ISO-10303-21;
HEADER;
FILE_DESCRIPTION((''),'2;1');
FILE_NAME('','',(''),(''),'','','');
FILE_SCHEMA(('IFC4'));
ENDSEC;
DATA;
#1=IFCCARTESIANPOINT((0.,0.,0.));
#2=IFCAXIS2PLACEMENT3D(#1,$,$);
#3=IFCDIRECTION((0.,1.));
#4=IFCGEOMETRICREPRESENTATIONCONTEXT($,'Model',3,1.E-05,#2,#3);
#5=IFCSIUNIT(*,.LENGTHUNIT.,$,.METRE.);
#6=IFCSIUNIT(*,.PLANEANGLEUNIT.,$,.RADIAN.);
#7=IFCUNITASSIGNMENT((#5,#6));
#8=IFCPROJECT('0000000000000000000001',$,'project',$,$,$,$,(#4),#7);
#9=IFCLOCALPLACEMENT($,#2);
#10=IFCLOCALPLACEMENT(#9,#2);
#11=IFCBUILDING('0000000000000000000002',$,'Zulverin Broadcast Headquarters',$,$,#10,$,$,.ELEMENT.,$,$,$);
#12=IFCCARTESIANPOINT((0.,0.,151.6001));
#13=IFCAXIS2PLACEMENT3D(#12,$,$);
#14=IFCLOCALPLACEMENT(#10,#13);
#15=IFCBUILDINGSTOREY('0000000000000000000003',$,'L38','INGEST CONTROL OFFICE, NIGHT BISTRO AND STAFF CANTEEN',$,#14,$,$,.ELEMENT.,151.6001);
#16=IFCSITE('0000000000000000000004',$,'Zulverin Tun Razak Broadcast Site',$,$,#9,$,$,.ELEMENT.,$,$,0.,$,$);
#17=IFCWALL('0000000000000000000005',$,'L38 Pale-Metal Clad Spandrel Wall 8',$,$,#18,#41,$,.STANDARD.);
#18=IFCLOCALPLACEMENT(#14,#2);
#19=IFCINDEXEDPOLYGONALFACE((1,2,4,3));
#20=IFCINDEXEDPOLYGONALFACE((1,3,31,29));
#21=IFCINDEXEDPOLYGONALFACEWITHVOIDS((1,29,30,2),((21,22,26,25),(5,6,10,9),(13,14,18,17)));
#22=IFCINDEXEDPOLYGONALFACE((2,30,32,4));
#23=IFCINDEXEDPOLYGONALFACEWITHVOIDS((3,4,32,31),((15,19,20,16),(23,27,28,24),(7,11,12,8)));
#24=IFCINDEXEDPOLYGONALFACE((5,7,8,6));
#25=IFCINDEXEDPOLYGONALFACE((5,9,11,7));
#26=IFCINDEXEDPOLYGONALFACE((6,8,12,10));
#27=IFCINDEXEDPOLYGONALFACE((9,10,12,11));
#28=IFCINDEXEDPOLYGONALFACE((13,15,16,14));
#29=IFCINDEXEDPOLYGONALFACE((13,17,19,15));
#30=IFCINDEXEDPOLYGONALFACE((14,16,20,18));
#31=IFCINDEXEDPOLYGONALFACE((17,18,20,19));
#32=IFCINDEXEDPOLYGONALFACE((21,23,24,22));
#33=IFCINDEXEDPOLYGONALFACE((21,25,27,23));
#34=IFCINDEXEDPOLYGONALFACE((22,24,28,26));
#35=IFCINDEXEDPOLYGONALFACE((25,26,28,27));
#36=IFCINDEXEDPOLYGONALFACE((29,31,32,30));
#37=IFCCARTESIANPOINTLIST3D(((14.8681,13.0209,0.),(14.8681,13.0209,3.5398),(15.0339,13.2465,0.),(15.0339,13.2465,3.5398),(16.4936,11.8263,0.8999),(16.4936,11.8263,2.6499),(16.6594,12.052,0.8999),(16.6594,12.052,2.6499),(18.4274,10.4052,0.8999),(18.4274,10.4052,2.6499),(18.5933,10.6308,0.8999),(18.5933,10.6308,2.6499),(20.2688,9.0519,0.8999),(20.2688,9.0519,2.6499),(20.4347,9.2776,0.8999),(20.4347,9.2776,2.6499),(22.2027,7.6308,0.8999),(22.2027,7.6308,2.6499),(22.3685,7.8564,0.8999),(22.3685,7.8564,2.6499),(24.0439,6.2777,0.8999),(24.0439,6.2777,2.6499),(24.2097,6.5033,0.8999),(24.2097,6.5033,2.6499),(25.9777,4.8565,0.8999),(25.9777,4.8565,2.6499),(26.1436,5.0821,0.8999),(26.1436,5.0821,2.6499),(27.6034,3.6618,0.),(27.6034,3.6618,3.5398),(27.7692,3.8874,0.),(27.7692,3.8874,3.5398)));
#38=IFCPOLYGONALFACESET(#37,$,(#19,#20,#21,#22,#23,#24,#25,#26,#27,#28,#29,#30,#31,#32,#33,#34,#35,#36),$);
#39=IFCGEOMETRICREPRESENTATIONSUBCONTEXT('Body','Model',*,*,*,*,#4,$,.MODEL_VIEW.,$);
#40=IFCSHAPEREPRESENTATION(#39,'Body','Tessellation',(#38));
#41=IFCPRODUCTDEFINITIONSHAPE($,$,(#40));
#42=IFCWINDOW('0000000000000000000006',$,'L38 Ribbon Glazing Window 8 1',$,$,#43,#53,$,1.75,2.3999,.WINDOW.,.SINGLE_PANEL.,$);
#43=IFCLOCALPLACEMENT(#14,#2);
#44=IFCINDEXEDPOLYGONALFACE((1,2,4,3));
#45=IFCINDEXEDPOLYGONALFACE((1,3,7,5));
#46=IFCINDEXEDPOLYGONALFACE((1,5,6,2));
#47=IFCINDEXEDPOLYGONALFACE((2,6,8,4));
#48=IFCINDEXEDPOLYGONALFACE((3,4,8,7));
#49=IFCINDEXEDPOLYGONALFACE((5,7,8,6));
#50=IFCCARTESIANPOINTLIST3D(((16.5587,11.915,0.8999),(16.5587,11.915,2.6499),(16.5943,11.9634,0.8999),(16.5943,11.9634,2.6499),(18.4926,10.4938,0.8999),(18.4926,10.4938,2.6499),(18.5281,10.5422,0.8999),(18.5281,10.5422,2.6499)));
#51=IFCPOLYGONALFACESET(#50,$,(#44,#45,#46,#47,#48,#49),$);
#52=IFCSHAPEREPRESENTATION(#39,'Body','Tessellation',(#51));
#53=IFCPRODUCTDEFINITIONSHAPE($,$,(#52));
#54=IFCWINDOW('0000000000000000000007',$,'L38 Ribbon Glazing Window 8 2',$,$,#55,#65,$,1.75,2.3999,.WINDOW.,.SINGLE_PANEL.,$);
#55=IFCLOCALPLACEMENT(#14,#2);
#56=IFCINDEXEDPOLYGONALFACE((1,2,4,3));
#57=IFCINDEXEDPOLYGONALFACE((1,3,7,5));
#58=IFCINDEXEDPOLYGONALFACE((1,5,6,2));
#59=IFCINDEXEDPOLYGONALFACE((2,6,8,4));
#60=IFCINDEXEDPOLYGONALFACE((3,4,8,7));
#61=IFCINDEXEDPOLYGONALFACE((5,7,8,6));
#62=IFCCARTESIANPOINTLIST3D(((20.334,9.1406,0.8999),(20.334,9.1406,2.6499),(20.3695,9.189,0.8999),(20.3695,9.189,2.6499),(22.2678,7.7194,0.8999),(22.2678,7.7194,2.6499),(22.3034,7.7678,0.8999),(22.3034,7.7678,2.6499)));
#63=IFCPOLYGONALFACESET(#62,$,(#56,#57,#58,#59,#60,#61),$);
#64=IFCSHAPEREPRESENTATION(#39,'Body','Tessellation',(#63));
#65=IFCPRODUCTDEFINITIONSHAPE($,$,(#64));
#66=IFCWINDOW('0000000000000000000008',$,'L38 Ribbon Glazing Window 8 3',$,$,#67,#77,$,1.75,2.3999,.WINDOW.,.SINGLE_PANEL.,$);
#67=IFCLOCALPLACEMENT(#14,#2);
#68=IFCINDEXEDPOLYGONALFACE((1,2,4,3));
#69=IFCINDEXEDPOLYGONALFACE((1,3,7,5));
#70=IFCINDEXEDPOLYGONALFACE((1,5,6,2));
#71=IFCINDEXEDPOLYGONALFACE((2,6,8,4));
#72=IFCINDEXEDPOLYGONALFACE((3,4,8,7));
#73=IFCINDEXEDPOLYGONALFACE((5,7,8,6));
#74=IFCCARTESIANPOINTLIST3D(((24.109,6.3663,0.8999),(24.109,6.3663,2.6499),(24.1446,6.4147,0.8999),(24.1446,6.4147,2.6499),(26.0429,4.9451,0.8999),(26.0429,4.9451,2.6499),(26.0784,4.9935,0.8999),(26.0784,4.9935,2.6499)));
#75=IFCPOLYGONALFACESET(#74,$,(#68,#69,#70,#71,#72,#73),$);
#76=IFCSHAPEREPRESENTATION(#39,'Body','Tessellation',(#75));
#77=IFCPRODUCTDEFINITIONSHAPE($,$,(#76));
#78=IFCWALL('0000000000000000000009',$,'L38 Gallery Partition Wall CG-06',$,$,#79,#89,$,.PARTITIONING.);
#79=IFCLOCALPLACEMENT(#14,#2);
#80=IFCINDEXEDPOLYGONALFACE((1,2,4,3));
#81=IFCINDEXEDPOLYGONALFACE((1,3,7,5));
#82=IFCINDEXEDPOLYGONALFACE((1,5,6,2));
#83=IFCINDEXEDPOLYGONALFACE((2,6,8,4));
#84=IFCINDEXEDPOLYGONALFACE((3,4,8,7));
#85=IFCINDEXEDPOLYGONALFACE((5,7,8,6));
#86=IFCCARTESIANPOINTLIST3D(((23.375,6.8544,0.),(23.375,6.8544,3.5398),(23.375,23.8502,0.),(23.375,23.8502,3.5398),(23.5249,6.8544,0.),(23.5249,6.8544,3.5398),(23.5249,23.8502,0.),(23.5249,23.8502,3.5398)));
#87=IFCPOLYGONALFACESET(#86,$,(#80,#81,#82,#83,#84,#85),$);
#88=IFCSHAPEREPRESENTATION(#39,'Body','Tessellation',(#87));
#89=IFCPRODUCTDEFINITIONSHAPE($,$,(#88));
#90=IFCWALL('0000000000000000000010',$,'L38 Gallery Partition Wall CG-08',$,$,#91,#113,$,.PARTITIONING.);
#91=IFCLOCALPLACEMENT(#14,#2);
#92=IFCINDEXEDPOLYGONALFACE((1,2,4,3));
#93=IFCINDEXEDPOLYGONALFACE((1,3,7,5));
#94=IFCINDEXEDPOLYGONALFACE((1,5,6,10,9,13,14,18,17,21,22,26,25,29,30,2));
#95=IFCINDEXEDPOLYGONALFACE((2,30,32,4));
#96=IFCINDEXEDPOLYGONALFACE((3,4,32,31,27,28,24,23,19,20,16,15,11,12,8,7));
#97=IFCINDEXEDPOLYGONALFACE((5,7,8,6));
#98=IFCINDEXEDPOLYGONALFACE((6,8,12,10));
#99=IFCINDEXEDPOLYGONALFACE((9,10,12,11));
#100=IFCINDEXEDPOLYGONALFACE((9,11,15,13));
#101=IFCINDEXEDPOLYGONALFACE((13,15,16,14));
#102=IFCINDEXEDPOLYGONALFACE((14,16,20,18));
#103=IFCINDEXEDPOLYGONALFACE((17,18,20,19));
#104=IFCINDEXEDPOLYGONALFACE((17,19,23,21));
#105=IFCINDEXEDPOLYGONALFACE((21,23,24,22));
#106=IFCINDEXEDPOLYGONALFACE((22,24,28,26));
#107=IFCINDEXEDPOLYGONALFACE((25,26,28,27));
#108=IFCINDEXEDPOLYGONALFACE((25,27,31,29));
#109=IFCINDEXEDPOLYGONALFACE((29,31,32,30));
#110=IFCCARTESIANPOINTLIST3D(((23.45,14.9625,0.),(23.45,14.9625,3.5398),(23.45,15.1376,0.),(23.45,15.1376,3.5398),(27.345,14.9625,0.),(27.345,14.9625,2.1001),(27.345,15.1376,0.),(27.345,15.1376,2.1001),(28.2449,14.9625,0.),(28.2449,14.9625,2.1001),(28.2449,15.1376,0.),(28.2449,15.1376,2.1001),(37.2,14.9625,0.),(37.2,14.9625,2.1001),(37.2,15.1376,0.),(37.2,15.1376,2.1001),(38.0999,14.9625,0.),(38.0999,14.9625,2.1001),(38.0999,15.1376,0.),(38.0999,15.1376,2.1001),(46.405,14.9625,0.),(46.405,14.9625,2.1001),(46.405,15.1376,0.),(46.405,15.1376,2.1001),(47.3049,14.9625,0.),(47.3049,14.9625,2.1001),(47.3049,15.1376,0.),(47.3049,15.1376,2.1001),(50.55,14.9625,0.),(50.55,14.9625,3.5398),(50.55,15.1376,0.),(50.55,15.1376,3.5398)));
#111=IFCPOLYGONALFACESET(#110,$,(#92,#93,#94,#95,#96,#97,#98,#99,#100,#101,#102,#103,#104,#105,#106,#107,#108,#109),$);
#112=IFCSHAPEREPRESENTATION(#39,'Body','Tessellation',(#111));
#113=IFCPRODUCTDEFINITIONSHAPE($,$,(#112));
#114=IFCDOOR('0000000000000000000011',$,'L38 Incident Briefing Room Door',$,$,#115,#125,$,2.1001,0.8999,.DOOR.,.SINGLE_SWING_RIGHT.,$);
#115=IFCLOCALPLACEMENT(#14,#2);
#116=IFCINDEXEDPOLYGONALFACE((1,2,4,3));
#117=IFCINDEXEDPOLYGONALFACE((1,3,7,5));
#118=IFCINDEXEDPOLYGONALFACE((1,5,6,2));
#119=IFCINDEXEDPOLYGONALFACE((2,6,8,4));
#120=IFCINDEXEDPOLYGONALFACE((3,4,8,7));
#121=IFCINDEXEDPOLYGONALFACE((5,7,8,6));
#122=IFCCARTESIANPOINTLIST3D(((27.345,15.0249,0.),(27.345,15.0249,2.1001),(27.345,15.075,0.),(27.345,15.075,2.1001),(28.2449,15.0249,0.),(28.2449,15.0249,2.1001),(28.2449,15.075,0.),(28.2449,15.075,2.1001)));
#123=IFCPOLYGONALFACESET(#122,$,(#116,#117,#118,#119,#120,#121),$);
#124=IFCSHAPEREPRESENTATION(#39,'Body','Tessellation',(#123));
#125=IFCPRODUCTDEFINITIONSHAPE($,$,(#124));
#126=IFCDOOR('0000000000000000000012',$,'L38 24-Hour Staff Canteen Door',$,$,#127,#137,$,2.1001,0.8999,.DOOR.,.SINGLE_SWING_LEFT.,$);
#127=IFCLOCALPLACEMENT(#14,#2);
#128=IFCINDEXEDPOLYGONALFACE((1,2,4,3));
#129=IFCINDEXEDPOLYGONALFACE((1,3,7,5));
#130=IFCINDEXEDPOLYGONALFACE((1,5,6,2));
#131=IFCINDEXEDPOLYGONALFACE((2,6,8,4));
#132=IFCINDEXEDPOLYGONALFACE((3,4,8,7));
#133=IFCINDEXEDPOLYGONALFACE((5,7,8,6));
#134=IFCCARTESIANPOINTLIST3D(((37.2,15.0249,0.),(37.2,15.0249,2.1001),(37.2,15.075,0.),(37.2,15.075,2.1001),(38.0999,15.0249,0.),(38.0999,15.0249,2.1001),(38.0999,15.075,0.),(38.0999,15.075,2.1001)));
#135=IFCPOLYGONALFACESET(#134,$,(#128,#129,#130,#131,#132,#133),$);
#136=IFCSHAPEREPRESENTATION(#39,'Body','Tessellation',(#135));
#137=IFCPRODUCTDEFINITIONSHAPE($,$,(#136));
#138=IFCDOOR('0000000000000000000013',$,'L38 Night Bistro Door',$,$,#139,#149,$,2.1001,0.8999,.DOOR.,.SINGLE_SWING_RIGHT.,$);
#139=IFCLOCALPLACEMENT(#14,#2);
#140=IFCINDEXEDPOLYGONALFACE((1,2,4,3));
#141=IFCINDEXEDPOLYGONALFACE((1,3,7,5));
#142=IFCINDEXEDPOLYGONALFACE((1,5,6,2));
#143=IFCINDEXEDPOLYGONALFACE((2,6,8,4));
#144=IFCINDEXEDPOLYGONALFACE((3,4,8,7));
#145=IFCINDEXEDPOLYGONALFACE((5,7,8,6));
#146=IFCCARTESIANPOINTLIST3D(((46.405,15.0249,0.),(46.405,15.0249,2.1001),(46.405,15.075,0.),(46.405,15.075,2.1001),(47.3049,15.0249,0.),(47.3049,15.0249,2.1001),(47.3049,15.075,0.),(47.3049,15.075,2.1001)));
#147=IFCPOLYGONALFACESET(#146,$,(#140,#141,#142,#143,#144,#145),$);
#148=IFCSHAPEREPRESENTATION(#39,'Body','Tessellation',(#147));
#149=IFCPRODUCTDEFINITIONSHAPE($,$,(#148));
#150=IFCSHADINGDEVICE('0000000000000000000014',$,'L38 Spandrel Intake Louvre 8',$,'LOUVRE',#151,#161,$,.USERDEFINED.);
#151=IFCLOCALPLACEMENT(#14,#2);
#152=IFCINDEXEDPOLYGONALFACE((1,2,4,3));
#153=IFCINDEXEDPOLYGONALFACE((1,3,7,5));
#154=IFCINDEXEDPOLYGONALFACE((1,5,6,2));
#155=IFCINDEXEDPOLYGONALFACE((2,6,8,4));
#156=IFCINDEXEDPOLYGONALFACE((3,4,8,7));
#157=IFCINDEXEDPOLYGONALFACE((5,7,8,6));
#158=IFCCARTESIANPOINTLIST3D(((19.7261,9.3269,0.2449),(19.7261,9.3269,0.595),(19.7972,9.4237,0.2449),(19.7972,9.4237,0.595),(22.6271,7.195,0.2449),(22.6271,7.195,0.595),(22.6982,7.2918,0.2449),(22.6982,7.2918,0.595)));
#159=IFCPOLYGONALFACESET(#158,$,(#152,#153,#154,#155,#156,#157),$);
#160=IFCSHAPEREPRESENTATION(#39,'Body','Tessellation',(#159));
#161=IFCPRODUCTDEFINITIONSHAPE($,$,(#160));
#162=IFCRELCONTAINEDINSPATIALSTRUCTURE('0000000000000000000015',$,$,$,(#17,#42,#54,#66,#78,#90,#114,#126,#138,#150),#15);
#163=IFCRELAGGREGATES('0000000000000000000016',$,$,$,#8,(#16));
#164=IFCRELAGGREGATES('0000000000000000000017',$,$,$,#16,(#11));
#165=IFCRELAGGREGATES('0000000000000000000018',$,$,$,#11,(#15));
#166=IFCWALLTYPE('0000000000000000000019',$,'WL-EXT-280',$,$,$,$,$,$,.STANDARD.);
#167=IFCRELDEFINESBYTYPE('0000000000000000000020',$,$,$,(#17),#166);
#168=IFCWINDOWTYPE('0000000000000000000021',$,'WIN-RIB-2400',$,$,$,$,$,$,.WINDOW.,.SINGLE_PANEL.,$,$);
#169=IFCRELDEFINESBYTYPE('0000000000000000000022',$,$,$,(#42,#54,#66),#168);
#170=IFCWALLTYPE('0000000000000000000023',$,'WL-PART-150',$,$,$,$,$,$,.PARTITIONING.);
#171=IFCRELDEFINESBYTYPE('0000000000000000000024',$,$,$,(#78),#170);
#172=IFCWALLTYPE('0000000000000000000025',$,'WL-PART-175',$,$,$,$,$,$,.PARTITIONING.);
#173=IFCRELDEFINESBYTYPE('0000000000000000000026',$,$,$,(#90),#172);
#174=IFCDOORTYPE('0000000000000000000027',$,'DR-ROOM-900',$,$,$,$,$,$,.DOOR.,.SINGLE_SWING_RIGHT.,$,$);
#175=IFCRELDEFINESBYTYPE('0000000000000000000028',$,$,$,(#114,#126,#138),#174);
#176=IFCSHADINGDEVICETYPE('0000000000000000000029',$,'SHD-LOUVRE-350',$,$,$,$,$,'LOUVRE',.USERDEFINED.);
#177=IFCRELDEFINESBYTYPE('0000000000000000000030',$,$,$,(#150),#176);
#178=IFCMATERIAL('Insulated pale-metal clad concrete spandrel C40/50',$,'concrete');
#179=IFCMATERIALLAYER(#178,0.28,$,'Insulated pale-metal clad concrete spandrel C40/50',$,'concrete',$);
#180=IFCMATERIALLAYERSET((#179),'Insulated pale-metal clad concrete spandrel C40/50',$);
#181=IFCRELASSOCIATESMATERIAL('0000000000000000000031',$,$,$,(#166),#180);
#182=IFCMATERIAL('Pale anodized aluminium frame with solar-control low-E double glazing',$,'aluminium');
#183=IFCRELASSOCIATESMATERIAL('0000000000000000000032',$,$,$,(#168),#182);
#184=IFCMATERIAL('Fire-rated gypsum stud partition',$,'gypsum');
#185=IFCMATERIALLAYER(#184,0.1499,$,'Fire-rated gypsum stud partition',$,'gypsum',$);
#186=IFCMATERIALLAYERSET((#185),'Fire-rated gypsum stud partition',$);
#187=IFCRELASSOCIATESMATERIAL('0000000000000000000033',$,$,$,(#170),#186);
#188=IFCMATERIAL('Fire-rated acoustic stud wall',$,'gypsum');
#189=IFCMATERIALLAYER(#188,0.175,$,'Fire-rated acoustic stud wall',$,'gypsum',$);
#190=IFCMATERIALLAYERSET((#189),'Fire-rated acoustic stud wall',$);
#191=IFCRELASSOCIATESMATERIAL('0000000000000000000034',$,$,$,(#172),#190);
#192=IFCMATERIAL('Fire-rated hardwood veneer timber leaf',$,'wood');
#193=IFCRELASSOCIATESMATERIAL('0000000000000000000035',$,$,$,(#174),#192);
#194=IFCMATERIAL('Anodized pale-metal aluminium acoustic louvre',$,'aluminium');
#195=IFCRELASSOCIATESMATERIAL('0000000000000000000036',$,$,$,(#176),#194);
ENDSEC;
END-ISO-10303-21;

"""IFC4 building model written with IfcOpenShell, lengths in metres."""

from ifc_helpers import new_model, si_unit, direction, frame, frame_2d, origin, origin_2d, place, context, subcontext, project, spatial, rectangle, extrude, material, layer, layer_set, type_object, element, fill, save


model = new_model("IFC4")

# Units and contexts
model_context = context("Model", 3, precision=1e-05, world=origin(), true_north=direction((0.0, 1.0)))
body_context = subcontext(model_context, "Body", "Model", "MODEL_VIEW")
ifc_project = project(units=[si_unit("LENGTHUNIT", "METRE"), si_unit("PLANEANGLEUNIT", "RADIAN")], contexts=[model_context])

# Site, building, storey
site_placement = place(None, origin())
site = spatial("IfcSite", under=ifc_project, at=site_placement, Name="Zulverin Tun Razak Broadcast Site", CompositionType="ELEMENT", RefElevation=0.0)
building_placement = place(site_placement, origin())
building = spatial("IfcBuilding", under=site, at=building_placement, Name="Zulverin Broadcast Headquarters", CompositionType="ELEMENT")
storey_placement = place(building_placement, frame((0.0, 0.0, 151.6001)))
storey = spatial("IfcBuildingStorey", under=building, at=storey_placement, Name="L38", Description="INGEST CONTROL OFFICE, NIGHT BISTRO AND STAFF CANTEEN", CompositionType="ELEMENT", Elevation=151.6001)

# Wall, openings, windows
ifc_material_1 = material(Name="Insulated pale-metal clad concrete spandrel C40/50", Category="concrete")
ifc_layer_1 = layer(ifc_material_1, 0.28, Name="Insulated pale-metal clad concrete spandrel C40/50", Category="concrete")
ifc_layer_set_1 = layer_set([ifc_layer_1], Name="Insulated pale-metal clad concrete spandrel C40/50")
wall_type_1 = type_object("IfcWallType", Name="WL-EXT-280", PredefinedType="STANDARD", material=ifc_layer_set_1)
wall_1_placement = place(storey_placement, frame((14.9509, 13.1338, 0.0), z_axis=(0.0, 0.0, 1.0), x_axis=(0.805805, -0.592181, 0.0)))
wall_1 = element("IfcWall", 1, at=wall_1_placement, inside=storey, type_object=wall_type_1, Name="L38 Pale-Metal Clad Spandrel Wall 8", PredefinedType="STANDARD", context=body_context, shape_type="SweptSolid", body=[
    extrude(rectangle(XDim=15.8044, YDim=0.28, at=frame_2d((7.9023, 0.0))), origin(), (0.0, 0.0, 1.0), 3.5398),
])
opening_1_placement = place(wall_1_placement, frame((2.0173, 0.0, 0.8999)))
opening_1 = element("IfcOpeningElement", 2, at=opening_1_placement, cuts=wall_1, PredefinedType="OPENING", context=body_context, shape_type="SweptSolid", body=[
    extrude(rectangle(XDim=2.3999, YDim=1.75, at=frame_2d((1.2, 0.875))), frame((0.0, 0.1499, 0.0), z_axis=(0.0, -1.0, 0.0), x_axis=(1.0, 0.0, 0.0)), (0.0, 0.0, 1.0), 0.3),
])
opening_2_placement = place(wall_1_placement, frame((6.7024, 0.0, 0.8999)))
opening_2 = element("IfcOpeningElement", 3, at=opening_2_placement, cuts=wall_1, PredefinedType="OPENING", context=body_context, shape_type="SweptSolid", body=[
    extrude(rectangle(XDim=2.3999, YDim=1.75, at=frame_2d((1.2, 0.875))), frame((0.0, 0.1499, 0.0), z_axis=(0.0, -1.0, 0.0), x_axis=(1.0, 0.0, 0.0)), (0.0, 0.0, 1.0), 0.3),
])
opening_3_placement = place(wall_1_placement, frame((11.3872, 0.0, 0.8999)))
opening_3 = element("IfcOpeningElement", 4, at=opening_3_placement, cuts=wall_1, PredefinedType="OPENING", context=body_context, shape_type="SweptSolid", body=[
    extrude(rectangle(XDim=2.3999, YDim=1.75, at=frame_2d((1.2, 0.875))), frame((0.0, 0.1499, 0.0), z_axis=(0.0, -1.0, 0.0), x_axis=(1.0, 0.0, 0.0)), (0.0, 0.0, 1.0), 0.3),
])
ifc_material_2 = material(Name="Pale anodized aluminium frame with solar-control low-E double glazing", Category="aluminium")
window_type = type_object("IfcWindowType", Name="WIN-RIB-2400", PartitioningType="SINGLE_PANEL", PredefinedType="WINDOW", material=ifc_material_2)
window_1_placement = place(opening_1_placement, origin())
window_1 = element("IfcWindow", 5, at=window_1_placement, inside=storey, type_object=window_type, Name="L38 Ribbon Glazing Window 8 1", OverallHeight=1.75, OverallWidth=2.3999, PartitioningType="SINGLE_PANEL", PredefinedType="WINDOW", context=body_context, shape_type="SweptSolid", body=[
    extrude(rectangle(XDim=2.3999, YDim=1.75, at=frame_2d((1.2, 0.875))), frame((0.0, 0.03, 0.0), z_axis=(0.0, -1.0, 0.0), x_axis=(1.0, 0.0, 0.0)), (0.0, 0.0, 1.0), 0.0601),
])
fill(opening_1, window_1)
window_2_placement = place(opening_2_placement, origin())
window_2 = element("IfcWindow", 6, at=window_2_placement, inside=storey, type_object=window_type, Name="L38 Ribbon Glazing Window 8 2", OverallHeight=1.75, OverallWidth=2.3999, PartitioningType="SINGLE_PANEL", PredefinedType="WINDOW", context=body_context, shape_type="SweptSolid", body=[
    extrude(rectangle(XDim=2.3999, YDim=1.75, at=frame_2d((1.2, 0.875))), frame((0.0, 0.03, 0.0), z_axis=(0.0, -1.0, 0.0), x_axis=(1.0, 0.0, 0.0)), (0.0, 0.0, 1.0), 0.0601),
])
fill(opening_2, window_2)
window_3_placement = place(opening_3_placement, origin())
window_3 = element("IfcWindow", 7, at=window_3_placement, inside=storey, type_object=window_type, Name="L38 Ribbon Glazing Window 8 3", OverallHeight=1.75, OverallWidth=2.3999, PartitioningType="SINGLE_PANEL", PredefinedType="WINDOW", context=body_context, shape_type="SweptSolid", body=[
    extrude(rectangle(XDim=2.3999, YDim=1.75, at=frame_2d((1.2, 0.875))), frame((0.0, 0.03, 0.0), z_axis=(0.0, -1.0, 0.0), x_axis=(1.0, 0.0, 0.0)), (0.0, 0.0, 1.0), 0.0601),
])
fill(opening_3, window_3)

# Wall
ifc_material_3 = material(Name="Fire-rated gypsum stud partition", Category="gypsum")
ifc_layer_2 = layer(ifc_material_3, 0.1499, Name="Fire-rated gypsum stud partition", Category="gypsum")
ifc_layer_set_2 = layer_set([ifc_layer_2], Name="Fire-rated gypsum stud partition")
wall_type_2 = type_object("IfcWallType", Name="WL-PART-150", PredefinedType="PARTITIONING", material=ifc_layer_set_2)
wall_2_placement = place(storey_placement, frame((23.45, 6.8542, 0.0), z_axis=(0.0, 0.0, 1.0), x_axis=(0.0, 1.0, 0.0)))
element("IfcWall", 8, at=wall_2_placement, inside=storey, type_object=wall_type_2, Name="L38 Gallery Partition Wall CG-06", PredefinedType="PARTITIONING", context=body_context, shape_type="SweptSolid", body=[
    extrude(rectangle(XDim=16.9958, YDim=0.1499, at=frame_2d((8.498, 0.0))), origin(), (0.0, 0.0, 1.0), 3.5398),
])

# Wall, openings, doors
ifc_material_4 = material(Name="Fire-rated acoustic stud wall", Category="gypsum")
ifc_layer_3 = layer(ifc_material_4, 0.175, Name="Fire-rated acoustic stud wall", Category="gypsum")
ifc_layer_set_3 = layer_set([ifc_layer_3], Name="Fire-rated acoustic stud wall")
wall_type_3 = type_object("IfcWallType", Name="WL-PART-175", PredefinedType="PARTITIONING", material=ifc_layer_set_3)
wall_3_placement = place(storey_placement, frame((23.45, 15.05, 0.0), z_axis=(0.0, 0.0, 1.0), x_axis=(1.0, 0.0, 0.0)))
wall_3 = element("IfcWall", 9, at=wall_3_placement, inside=storey, type_object=wall_type_3, Name="L38 Gallery Partition Wall CG-08", PredefinedType="PARTITIONING", context=body_context, shape_type="SweptSolid", body=[
    extrude(rectangle(XDim=27.1001, YDim=0.175, at=frame_2d((13.55, 0.0))), origin(), (0.0, 0.0, 1.0), 3.5398),
])
opening_4_placement = place(wall_3_placement, frame((3.895, 0.0, 0.0)))
opening_4 = element("IfcOpeningElement", 10, at=opening_4_placement, cuts=wall_3, PredefinedType="OPENING", context=body_context, shape_type="SweptSolid", body=[
    extrude(rectangle(XDim=0.8999, YDim=2.1001, at=frame_2d((0.45, 1.05))), frame((0.0, 0.0974, 0.0), z_axis=(0.0, -1.0, 0.0), x_axis=(1.0, 0.0, 0.0)), (0.0, 0.0, 1.0), 0.1951),
])
opening_5_placement = place(wall_3_placement, frame((13.75, 0.0, 0.0)))
opening_5 = element("IfcOpeningElement", 11, at=opening_5_placement, cuts=wall_3, PredefinedType="OPENING", context=body_context, shape_type="SweptSolid", body=[
    extrude(rectangle(XDim=0.8999, YDim=2.1001, at=frame_2d((0.45, 1.05))), frame((0.0, 0.0974, 0.0), z_axis=(0.0, -1.0, 0.0), x_axis=(1.0, 0.0, 0.0)), (0.0, 0.0, 1.0), 0.1951),
])
opening_6_placement = place(wall_3_placement, frame((22.9551, 0.0, 0.0)))
opening_6 = element("IfcOpeningElement", 12, at=opening_6_placement, cuts=wall_3, PredefinedType="OPENING", context=body_context, shape_type="SweptSolid", body=[
    extrude(rectangle(XDim=0.8999, YDim=2.1001, at=frame_2d((0.45, 1.05))), frame((0.0, 0.0974, 0.0), z_axis=(0.0, -1.0, 0.0), x_axis=(1.0, 0.0, 0.0)), (0.0, 0.0, 1.0), 0.1951),
])
ifc_material_5 = material(Name="Fire-rated hardwood veneer timber leaf", Category="wood")
door_type_1 = type_object("IfcDoorType", Name="DR-ROOM-900", OperationType="SINGLE_SWING_RIGHT", PredefinedType="DOOR", material=ifc_material_5)
door_1_placement = place(opening_4_placement, origin())
door_1 = element("IfcDoor", 13, at=door_1_placement, inside=storey, type_object=door_type_1, Name="L38 Incident Briefing Room Door", OperationType="SINGLE_SWING_RIGHT", OverallHeight=2.1001, OverallWidth=0.8999, PredefinedType="DOOR", context=body_context, shape_type="SweptSolid", body=[
    extrude(rectangle(XDim=0.8999, YDim=2.1001, at=frame_2d((0.45, 1.05))), frame((0.0, 0.0249, 0.0), z_axis=(0.0, -1.0, 0.0), x_axis=(1.0, 0.0, 0.0)), (0.0, 0.0, 1.0), 0.05),
])
fill(opening_4, door_1)
door_2_placement = place(opening_5_placement, origin())
door_2 = element("IfcDoor", 14, at=door_2_placement, inside=storey, type_object=door_type_1, Name="L38 24-Hour Staff Canteen Door", OperationType="SINGLE_SWING_LEFT", OverallHeight=2.1001, OverallWidth=0.8999, PredefinedType="DOOR", context=body_context, shape_type="SweptSolid", body=[
    extrude(rectangle(XDim=0.8999, YDim=2.1001, at=frame_2d((0.45, 1.05))), frame((0.0, 0.0249, 0.0), z_axis=(0.0, -1.0, 0.0), x_axis=(1.0, 0.0, 0.0)), (0.0, 0.0, 1.0), 0.05),
])
fill(opening_5, door_2)
door_3_placement = place(opening_6_placement, origin())
door_3 = element("IfcDoor", 15, at=door_3_placement, inside=storey, type_object=door_type_1, Name="L38 Night Bistro Door", OperationType="SINGLE_SWING_RIGHT", OverallHeight=2.1001, OverallWidth=0.8999, PredefinedType="DOOR", context=body_context, shape_type="SweptSolid", body=[
    extrude(rectangle(XDim=0.8999, YDim=2.1001, at=frame_2d((0.45, 1.05))), frame((0.0, 0.0249, 0.0), z_axis=(0.0, -1.0, 0.0), x_axis=(1.0, 0.0, 0.0)), (0.0, 0.0, 1.0), 0.05),
])
fill(opening_6, door_3)

# Shading device
ifc_material_6 = material(Name="Anodized pale-metal aluminium acoustic louvre", Category="aluminium")
shading_device_type_1 = type_object("IfcShadingDeviceType", Name="SHD-LOUVRE-350", ElementType="LOUVRE", PredefinedType="USERDEFINED", material=ifc_material_6)
shading_device_1_placement = place(storey_placement, frame((21.2122, 8.3093, 0.2449), z_axis=(0.0, 0.0, 1.0), x_axis=(0.805802, -0.592185, 0.0)))
element("IfcShadingDevice", 16, at=shading_device_1_placement, inside=storey, type_object=shading_device_type_1, Name="L38 Spandrel Intake Louvre 8", ObjectType="LOUVRE", PredefinedType="USERDEFINED", context=body_context, shape_type="SweptSolid", body=[
    extrude(rectangle(XDim=3.6001, YDim=0.1201, at=origin_2d()), origin(), (0.0, 0.0, 1.0), 0.3501),
])

save(model, "model.ifc")
